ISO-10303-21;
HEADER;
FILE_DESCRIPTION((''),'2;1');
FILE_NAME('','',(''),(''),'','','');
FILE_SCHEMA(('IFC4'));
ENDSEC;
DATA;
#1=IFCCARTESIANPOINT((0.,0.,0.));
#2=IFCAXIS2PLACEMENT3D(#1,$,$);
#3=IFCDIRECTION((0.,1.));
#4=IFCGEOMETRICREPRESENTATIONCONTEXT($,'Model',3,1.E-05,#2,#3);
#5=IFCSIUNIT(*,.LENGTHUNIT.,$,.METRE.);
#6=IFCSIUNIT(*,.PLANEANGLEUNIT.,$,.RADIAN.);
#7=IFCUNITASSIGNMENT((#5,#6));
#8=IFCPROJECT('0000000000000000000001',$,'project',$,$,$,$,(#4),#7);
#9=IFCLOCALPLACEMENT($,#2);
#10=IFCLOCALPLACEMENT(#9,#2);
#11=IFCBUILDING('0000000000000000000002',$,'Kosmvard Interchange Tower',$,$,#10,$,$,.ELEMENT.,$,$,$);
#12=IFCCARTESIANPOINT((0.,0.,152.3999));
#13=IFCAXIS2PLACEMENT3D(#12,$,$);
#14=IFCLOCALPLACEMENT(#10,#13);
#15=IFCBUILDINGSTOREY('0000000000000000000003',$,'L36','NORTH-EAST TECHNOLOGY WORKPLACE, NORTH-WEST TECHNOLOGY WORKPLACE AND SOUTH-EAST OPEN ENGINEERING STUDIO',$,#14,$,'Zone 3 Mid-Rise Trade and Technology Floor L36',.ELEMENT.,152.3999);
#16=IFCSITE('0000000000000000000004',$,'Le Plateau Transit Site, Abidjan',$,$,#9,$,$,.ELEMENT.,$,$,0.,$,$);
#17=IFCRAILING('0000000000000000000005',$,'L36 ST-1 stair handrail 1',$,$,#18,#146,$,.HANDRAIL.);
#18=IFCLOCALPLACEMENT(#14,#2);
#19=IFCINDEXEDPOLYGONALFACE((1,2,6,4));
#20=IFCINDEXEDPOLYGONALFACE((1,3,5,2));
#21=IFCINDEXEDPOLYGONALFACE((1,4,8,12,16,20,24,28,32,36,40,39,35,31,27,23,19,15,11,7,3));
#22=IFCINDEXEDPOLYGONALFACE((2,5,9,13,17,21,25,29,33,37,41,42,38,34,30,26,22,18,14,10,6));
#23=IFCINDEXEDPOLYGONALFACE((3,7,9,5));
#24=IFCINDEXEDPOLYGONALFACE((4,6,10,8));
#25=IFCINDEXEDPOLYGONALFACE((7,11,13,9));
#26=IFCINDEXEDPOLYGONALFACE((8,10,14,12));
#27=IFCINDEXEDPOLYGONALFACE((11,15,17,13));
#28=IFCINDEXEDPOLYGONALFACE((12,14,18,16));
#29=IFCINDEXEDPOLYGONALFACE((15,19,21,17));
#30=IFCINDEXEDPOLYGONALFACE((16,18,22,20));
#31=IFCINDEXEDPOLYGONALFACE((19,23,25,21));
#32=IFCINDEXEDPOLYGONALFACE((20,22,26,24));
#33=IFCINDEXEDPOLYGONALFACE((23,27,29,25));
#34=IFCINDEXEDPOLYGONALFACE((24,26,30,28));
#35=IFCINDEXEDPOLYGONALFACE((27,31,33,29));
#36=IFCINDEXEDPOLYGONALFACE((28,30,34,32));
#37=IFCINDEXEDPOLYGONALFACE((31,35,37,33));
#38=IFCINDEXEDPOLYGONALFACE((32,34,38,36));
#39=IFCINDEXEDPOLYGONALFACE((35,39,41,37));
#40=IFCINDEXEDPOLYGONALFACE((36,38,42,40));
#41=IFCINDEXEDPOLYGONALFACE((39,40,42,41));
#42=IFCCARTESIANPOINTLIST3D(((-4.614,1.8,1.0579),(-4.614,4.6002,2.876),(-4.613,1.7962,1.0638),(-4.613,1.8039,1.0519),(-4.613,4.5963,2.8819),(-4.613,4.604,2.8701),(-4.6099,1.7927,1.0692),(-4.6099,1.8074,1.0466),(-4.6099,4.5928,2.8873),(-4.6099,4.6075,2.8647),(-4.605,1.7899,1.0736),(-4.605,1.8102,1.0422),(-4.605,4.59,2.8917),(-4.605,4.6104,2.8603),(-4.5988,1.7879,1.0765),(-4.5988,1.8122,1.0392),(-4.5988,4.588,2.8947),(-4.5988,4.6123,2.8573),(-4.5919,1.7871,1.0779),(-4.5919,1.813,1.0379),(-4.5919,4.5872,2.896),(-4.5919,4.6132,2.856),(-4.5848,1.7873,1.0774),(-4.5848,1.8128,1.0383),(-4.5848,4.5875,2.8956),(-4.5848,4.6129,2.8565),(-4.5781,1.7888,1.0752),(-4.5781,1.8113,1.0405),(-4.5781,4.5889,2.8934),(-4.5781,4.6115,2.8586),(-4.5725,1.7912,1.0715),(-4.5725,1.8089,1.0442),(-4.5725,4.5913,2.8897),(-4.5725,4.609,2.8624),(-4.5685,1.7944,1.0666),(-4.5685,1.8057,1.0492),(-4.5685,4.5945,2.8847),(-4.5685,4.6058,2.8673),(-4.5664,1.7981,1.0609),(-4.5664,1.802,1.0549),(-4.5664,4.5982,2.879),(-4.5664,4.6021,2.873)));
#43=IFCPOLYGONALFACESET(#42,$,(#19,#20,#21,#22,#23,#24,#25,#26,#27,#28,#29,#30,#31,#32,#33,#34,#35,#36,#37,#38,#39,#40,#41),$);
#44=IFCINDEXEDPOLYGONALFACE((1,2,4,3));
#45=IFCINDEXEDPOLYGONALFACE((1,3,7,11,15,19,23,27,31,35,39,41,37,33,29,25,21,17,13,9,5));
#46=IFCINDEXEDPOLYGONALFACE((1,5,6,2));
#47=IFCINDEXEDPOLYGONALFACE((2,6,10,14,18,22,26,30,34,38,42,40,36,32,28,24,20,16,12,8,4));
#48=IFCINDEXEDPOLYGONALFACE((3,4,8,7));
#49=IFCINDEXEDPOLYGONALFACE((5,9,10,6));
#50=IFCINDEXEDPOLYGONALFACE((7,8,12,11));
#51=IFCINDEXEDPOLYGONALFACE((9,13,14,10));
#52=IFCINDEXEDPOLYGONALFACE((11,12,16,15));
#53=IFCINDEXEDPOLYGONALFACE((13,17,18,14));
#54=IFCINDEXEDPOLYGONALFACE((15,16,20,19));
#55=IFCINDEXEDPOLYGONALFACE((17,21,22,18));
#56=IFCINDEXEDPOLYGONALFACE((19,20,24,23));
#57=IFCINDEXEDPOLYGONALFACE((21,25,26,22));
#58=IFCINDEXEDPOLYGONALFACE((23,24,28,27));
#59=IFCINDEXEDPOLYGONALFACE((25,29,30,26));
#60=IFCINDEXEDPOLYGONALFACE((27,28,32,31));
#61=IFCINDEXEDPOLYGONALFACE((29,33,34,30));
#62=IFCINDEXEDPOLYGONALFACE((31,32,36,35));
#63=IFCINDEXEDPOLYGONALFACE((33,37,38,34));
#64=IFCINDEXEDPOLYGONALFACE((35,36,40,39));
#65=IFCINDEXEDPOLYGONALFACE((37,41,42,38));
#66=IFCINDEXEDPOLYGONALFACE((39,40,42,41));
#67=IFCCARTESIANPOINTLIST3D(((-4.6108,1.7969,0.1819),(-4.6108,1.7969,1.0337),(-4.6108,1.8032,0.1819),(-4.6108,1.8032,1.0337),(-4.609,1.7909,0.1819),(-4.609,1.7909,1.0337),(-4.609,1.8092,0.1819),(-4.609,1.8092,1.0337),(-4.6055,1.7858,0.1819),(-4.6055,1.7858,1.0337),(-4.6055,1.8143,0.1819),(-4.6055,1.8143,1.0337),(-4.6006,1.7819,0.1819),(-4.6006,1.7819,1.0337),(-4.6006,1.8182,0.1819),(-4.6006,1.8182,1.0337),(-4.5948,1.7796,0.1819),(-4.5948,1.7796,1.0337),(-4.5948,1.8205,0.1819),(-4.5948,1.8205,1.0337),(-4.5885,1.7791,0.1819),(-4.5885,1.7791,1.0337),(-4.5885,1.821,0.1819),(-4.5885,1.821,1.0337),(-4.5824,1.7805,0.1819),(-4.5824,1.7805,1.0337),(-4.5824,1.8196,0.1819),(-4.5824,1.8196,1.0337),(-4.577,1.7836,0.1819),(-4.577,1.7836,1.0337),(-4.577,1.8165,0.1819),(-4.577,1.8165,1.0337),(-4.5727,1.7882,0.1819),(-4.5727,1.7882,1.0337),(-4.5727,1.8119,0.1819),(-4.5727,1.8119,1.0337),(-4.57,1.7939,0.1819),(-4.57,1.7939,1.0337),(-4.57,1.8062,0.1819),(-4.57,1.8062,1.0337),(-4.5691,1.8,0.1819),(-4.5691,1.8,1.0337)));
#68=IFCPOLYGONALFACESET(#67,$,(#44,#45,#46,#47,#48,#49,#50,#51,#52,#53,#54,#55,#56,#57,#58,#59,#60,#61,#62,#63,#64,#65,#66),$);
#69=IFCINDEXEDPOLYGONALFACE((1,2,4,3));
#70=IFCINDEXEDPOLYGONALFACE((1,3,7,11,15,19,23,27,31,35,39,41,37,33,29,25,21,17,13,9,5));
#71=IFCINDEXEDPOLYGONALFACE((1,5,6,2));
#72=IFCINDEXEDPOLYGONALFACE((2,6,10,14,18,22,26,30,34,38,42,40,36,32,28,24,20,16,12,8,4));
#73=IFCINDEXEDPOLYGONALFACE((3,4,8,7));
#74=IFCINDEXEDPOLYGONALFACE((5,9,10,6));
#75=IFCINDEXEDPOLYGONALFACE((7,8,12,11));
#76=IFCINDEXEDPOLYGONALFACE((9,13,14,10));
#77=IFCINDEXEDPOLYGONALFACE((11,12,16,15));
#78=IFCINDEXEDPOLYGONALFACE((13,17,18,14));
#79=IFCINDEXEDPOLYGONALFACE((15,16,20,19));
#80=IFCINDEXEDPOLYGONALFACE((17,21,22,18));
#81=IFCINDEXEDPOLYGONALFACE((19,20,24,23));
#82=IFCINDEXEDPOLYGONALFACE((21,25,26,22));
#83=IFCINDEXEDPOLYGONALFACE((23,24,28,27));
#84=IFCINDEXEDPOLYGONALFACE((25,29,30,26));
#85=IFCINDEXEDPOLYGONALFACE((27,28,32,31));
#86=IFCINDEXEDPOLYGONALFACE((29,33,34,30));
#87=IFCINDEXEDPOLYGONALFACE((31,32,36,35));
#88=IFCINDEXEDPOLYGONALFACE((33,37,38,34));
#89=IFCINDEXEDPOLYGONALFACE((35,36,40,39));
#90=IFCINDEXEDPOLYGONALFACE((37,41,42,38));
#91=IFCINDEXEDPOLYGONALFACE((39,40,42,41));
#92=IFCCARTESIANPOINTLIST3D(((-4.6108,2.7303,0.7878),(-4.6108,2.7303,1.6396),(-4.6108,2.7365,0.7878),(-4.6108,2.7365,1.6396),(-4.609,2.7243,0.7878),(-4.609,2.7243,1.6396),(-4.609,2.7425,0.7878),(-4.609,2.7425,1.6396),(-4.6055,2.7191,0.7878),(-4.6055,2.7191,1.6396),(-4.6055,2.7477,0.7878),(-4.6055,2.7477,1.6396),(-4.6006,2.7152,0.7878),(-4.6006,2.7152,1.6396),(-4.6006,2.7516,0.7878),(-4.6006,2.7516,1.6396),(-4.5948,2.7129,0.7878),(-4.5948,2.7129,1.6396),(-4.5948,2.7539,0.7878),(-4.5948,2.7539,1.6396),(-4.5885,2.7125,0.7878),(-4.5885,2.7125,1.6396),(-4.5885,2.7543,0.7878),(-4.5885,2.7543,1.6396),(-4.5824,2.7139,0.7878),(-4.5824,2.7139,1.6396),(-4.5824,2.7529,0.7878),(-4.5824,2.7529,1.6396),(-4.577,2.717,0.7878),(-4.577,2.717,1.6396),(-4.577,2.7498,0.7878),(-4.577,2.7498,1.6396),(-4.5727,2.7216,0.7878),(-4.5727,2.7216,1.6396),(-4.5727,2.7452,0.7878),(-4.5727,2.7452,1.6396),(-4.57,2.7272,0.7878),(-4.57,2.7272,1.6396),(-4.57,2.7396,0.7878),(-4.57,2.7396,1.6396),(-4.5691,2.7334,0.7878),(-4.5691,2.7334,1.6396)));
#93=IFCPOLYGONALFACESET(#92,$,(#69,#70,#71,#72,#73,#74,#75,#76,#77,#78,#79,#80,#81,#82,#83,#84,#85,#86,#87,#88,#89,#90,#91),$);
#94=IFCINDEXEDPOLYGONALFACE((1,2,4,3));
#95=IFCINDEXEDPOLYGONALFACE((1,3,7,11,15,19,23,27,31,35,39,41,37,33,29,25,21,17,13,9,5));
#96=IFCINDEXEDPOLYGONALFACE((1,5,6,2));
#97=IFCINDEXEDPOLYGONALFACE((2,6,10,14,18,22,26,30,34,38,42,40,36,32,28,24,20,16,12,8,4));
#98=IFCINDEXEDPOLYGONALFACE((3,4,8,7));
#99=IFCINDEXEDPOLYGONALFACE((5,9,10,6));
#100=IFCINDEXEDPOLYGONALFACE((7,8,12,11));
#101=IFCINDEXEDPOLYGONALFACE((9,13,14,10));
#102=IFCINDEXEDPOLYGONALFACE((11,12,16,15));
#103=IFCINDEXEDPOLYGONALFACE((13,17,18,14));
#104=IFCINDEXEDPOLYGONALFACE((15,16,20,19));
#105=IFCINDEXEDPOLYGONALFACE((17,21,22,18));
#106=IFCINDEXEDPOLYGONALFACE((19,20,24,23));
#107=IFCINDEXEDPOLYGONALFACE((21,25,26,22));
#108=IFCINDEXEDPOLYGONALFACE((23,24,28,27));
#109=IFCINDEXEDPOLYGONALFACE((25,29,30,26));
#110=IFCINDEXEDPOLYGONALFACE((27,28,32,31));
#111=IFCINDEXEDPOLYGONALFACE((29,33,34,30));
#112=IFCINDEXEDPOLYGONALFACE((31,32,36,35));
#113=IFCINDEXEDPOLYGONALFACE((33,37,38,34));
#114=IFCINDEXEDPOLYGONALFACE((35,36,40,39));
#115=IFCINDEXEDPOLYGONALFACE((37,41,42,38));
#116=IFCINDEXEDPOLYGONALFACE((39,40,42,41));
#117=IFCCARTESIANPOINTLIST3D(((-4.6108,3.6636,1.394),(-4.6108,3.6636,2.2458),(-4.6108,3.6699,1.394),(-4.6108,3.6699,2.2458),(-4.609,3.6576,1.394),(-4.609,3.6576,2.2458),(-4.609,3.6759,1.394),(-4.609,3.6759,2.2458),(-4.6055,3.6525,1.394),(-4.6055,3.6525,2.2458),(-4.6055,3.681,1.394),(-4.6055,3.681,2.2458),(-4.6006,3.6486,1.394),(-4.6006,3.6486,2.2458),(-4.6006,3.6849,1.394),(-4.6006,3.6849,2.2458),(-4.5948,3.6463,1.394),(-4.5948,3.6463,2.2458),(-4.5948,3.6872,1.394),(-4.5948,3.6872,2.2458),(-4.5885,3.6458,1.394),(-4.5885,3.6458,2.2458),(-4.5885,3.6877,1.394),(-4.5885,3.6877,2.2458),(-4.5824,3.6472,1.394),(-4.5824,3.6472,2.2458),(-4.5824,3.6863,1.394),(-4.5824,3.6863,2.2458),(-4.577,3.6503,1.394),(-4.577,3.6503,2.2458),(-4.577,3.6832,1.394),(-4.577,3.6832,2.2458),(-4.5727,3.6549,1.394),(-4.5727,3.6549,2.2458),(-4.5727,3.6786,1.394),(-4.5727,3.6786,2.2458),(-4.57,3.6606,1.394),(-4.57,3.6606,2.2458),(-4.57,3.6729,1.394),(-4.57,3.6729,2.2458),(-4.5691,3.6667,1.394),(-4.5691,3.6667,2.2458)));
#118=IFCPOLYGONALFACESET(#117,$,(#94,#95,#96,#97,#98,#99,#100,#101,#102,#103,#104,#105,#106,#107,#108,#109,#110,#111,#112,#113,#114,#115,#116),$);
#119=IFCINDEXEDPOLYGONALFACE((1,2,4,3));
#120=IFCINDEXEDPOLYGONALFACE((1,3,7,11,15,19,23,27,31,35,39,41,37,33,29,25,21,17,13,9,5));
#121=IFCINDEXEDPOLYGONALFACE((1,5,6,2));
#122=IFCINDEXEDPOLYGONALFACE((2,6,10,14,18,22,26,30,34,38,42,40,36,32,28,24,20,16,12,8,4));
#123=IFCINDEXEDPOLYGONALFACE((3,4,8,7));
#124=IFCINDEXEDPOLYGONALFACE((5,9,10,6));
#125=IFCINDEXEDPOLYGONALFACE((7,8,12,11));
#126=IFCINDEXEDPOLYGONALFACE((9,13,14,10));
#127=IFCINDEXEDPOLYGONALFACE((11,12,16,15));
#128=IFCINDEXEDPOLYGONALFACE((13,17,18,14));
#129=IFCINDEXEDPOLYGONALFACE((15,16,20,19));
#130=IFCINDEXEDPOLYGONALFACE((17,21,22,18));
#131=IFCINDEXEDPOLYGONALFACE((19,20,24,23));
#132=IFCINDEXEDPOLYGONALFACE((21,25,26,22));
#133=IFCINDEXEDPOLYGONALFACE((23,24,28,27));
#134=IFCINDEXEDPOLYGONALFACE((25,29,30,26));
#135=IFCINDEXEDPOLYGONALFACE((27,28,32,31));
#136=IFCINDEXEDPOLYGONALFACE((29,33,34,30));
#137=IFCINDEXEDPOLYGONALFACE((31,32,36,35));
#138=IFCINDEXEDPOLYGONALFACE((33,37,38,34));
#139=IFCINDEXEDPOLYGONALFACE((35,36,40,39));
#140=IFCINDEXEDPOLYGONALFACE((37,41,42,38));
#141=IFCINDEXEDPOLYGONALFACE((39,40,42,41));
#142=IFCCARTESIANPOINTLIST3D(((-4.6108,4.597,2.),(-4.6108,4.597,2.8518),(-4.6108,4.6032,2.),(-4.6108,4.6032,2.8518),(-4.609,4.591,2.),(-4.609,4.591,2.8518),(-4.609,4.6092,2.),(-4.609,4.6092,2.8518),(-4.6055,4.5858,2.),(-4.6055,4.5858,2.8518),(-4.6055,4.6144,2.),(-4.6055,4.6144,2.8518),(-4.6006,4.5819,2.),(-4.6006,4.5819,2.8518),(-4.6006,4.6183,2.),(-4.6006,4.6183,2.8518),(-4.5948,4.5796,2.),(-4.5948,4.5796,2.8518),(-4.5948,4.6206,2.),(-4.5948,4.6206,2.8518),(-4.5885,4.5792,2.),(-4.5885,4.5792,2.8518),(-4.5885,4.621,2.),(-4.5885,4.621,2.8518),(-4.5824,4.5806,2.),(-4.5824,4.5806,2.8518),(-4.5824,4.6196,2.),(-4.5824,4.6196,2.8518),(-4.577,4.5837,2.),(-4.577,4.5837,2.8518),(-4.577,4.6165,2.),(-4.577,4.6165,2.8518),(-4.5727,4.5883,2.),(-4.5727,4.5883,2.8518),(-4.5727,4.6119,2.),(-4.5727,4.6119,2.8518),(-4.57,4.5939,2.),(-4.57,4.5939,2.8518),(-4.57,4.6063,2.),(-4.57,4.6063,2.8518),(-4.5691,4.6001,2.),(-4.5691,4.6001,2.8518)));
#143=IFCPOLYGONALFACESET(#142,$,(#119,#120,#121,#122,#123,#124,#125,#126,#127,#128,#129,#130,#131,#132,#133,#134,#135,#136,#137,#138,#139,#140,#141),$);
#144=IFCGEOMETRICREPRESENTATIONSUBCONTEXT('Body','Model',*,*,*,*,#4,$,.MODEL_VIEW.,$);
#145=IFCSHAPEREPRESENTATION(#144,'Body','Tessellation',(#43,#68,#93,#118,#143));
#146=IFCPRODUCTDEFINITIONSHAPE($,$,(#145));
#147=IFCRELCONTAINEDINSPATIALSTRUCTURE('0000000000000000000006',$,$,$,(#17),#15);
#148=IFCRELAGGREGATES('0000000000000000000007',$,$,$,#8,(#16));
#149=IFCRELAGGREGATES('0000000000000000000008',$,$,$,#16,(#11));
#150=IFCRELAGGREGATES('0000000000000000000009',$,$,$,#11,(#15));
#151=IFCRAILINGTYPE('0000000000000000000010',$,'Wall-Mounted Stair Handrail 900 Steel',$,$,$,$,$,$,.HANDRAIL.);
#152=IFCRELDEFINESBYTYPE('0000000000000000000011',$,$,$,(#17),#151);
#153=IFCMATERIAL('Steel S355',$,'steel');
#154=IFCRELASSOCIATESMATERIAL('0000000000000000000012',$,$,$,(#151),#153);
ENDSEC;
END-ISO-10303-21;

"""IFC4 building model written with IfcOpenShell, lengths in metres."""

from ifc_helpers import new_model, si_unit, direction, frame, origin, origin_2d, place, context, subcontext, project, spatial, circle, extrude, source, transform, mapped, material, type_object, element, save


model = new_model("IFC4")

# Units and contexts
model_context = context("Model", 3, precision=1e-05, world=origin(), true_north=direction((0.0, 1.0)))
body_context = subcontext(model_context, "Body", "Model", "MODEL_VIEW")
ifc_project = project(units=[si_unit("LENGTHUNIT", "METRE"), si_unit("PLANEANGLEUNIT", "RADIAN")], contexts=[model_context])

# Site, building, storey
site_placement = place(None, origin())
site = spatial("IfcSite", under=ifc_project, at=site_placement, Name="Le Plateau Transit Site, Abidjan", CompositionType="ELEMENT", RefElevation=0.0)
building_placement = place(site_placement, origin())
building = spatial("IfcBuilding", under=site, at=building_placement, Name="Kosmvard Interchange Tower", CompositionType="ELEMENT")
storey_placement = place(building_placement, frame((0.0, 0.0, 152.3999)))
storey = spatial("IfcBuildingStorey", under=building, at=storey_placement, Name="L36", Description="NORTH-EAST TECHNOLOGY WORKPLACE, NORTH-WEST TECHNOLOGY WORKPLACE AND SOUTH-EAST OPEN ENGINEERING STUDIO", LongName="Zone 3 Mid-Rise Trade and Technology Floor L36", CompositionType="ELEMENT", Elevation=152.3999)

# Shared definitions
ifc_material_1 = material(Name="Steel S355", Category="steel")

# Railing
railing_type_1 = type_object("IfcRailingType", Name="Wall-Mounted Stair Handrail 900 Steel", PredefinedType="HANDRAIL", material=ifc_material_1)
shared_shape_1 = source(origin(), body_context, "Body", "SweptSolid", [
    extrude(circle(Radius=0.0239, at=origin_2d()), frame((0.0, 0.0, 0.876), z_axis=(0.0, 0.838706, 0.544585), x_axis=(-1.0, 0.0, 0.0)), (0.0, 0.0, 1.0), 3.3386),
    extrude(circle(Radius=0.021, at=origin_2d()), origin(), (0.0, 0.0, 1.0), 0.8518),
    extrude(circle(Radius=0.021, at=origin_2d()), frame((0.0, 0.9333, 0.606)), (0.0, 0.0, 1.0), 0.8518),
    extrude(circle(Radius=0.021, at=origin_2d()), frame((0.0, 1.8667, 1.2122)), (0.0, 0.0, 1.0), 0.8518),
    extrude(circle(Radius=0.021, at=origin_2d()), frame((0.0, 2.8, 1.8181)), (0.0, 0.0, 1.0), 0.8518),
])
railing_1_placement = place(storey_placement, frame((-4.5901, 1.8, 0.1819)))
element("IfcRailing", 1, at=railing_1_placement, inside=storey, type_object=railing_type_1, Name="L36 ST-1 stair handrail 1", PredefinedType="HANDRAIL", context=body_context, shape_type="MappedRepresentation", body=[
    mapped(shared_shape_1, transform((0.0, 0.0, 0.0), scale=1.0)),
])

save(model, "model.ifc")
